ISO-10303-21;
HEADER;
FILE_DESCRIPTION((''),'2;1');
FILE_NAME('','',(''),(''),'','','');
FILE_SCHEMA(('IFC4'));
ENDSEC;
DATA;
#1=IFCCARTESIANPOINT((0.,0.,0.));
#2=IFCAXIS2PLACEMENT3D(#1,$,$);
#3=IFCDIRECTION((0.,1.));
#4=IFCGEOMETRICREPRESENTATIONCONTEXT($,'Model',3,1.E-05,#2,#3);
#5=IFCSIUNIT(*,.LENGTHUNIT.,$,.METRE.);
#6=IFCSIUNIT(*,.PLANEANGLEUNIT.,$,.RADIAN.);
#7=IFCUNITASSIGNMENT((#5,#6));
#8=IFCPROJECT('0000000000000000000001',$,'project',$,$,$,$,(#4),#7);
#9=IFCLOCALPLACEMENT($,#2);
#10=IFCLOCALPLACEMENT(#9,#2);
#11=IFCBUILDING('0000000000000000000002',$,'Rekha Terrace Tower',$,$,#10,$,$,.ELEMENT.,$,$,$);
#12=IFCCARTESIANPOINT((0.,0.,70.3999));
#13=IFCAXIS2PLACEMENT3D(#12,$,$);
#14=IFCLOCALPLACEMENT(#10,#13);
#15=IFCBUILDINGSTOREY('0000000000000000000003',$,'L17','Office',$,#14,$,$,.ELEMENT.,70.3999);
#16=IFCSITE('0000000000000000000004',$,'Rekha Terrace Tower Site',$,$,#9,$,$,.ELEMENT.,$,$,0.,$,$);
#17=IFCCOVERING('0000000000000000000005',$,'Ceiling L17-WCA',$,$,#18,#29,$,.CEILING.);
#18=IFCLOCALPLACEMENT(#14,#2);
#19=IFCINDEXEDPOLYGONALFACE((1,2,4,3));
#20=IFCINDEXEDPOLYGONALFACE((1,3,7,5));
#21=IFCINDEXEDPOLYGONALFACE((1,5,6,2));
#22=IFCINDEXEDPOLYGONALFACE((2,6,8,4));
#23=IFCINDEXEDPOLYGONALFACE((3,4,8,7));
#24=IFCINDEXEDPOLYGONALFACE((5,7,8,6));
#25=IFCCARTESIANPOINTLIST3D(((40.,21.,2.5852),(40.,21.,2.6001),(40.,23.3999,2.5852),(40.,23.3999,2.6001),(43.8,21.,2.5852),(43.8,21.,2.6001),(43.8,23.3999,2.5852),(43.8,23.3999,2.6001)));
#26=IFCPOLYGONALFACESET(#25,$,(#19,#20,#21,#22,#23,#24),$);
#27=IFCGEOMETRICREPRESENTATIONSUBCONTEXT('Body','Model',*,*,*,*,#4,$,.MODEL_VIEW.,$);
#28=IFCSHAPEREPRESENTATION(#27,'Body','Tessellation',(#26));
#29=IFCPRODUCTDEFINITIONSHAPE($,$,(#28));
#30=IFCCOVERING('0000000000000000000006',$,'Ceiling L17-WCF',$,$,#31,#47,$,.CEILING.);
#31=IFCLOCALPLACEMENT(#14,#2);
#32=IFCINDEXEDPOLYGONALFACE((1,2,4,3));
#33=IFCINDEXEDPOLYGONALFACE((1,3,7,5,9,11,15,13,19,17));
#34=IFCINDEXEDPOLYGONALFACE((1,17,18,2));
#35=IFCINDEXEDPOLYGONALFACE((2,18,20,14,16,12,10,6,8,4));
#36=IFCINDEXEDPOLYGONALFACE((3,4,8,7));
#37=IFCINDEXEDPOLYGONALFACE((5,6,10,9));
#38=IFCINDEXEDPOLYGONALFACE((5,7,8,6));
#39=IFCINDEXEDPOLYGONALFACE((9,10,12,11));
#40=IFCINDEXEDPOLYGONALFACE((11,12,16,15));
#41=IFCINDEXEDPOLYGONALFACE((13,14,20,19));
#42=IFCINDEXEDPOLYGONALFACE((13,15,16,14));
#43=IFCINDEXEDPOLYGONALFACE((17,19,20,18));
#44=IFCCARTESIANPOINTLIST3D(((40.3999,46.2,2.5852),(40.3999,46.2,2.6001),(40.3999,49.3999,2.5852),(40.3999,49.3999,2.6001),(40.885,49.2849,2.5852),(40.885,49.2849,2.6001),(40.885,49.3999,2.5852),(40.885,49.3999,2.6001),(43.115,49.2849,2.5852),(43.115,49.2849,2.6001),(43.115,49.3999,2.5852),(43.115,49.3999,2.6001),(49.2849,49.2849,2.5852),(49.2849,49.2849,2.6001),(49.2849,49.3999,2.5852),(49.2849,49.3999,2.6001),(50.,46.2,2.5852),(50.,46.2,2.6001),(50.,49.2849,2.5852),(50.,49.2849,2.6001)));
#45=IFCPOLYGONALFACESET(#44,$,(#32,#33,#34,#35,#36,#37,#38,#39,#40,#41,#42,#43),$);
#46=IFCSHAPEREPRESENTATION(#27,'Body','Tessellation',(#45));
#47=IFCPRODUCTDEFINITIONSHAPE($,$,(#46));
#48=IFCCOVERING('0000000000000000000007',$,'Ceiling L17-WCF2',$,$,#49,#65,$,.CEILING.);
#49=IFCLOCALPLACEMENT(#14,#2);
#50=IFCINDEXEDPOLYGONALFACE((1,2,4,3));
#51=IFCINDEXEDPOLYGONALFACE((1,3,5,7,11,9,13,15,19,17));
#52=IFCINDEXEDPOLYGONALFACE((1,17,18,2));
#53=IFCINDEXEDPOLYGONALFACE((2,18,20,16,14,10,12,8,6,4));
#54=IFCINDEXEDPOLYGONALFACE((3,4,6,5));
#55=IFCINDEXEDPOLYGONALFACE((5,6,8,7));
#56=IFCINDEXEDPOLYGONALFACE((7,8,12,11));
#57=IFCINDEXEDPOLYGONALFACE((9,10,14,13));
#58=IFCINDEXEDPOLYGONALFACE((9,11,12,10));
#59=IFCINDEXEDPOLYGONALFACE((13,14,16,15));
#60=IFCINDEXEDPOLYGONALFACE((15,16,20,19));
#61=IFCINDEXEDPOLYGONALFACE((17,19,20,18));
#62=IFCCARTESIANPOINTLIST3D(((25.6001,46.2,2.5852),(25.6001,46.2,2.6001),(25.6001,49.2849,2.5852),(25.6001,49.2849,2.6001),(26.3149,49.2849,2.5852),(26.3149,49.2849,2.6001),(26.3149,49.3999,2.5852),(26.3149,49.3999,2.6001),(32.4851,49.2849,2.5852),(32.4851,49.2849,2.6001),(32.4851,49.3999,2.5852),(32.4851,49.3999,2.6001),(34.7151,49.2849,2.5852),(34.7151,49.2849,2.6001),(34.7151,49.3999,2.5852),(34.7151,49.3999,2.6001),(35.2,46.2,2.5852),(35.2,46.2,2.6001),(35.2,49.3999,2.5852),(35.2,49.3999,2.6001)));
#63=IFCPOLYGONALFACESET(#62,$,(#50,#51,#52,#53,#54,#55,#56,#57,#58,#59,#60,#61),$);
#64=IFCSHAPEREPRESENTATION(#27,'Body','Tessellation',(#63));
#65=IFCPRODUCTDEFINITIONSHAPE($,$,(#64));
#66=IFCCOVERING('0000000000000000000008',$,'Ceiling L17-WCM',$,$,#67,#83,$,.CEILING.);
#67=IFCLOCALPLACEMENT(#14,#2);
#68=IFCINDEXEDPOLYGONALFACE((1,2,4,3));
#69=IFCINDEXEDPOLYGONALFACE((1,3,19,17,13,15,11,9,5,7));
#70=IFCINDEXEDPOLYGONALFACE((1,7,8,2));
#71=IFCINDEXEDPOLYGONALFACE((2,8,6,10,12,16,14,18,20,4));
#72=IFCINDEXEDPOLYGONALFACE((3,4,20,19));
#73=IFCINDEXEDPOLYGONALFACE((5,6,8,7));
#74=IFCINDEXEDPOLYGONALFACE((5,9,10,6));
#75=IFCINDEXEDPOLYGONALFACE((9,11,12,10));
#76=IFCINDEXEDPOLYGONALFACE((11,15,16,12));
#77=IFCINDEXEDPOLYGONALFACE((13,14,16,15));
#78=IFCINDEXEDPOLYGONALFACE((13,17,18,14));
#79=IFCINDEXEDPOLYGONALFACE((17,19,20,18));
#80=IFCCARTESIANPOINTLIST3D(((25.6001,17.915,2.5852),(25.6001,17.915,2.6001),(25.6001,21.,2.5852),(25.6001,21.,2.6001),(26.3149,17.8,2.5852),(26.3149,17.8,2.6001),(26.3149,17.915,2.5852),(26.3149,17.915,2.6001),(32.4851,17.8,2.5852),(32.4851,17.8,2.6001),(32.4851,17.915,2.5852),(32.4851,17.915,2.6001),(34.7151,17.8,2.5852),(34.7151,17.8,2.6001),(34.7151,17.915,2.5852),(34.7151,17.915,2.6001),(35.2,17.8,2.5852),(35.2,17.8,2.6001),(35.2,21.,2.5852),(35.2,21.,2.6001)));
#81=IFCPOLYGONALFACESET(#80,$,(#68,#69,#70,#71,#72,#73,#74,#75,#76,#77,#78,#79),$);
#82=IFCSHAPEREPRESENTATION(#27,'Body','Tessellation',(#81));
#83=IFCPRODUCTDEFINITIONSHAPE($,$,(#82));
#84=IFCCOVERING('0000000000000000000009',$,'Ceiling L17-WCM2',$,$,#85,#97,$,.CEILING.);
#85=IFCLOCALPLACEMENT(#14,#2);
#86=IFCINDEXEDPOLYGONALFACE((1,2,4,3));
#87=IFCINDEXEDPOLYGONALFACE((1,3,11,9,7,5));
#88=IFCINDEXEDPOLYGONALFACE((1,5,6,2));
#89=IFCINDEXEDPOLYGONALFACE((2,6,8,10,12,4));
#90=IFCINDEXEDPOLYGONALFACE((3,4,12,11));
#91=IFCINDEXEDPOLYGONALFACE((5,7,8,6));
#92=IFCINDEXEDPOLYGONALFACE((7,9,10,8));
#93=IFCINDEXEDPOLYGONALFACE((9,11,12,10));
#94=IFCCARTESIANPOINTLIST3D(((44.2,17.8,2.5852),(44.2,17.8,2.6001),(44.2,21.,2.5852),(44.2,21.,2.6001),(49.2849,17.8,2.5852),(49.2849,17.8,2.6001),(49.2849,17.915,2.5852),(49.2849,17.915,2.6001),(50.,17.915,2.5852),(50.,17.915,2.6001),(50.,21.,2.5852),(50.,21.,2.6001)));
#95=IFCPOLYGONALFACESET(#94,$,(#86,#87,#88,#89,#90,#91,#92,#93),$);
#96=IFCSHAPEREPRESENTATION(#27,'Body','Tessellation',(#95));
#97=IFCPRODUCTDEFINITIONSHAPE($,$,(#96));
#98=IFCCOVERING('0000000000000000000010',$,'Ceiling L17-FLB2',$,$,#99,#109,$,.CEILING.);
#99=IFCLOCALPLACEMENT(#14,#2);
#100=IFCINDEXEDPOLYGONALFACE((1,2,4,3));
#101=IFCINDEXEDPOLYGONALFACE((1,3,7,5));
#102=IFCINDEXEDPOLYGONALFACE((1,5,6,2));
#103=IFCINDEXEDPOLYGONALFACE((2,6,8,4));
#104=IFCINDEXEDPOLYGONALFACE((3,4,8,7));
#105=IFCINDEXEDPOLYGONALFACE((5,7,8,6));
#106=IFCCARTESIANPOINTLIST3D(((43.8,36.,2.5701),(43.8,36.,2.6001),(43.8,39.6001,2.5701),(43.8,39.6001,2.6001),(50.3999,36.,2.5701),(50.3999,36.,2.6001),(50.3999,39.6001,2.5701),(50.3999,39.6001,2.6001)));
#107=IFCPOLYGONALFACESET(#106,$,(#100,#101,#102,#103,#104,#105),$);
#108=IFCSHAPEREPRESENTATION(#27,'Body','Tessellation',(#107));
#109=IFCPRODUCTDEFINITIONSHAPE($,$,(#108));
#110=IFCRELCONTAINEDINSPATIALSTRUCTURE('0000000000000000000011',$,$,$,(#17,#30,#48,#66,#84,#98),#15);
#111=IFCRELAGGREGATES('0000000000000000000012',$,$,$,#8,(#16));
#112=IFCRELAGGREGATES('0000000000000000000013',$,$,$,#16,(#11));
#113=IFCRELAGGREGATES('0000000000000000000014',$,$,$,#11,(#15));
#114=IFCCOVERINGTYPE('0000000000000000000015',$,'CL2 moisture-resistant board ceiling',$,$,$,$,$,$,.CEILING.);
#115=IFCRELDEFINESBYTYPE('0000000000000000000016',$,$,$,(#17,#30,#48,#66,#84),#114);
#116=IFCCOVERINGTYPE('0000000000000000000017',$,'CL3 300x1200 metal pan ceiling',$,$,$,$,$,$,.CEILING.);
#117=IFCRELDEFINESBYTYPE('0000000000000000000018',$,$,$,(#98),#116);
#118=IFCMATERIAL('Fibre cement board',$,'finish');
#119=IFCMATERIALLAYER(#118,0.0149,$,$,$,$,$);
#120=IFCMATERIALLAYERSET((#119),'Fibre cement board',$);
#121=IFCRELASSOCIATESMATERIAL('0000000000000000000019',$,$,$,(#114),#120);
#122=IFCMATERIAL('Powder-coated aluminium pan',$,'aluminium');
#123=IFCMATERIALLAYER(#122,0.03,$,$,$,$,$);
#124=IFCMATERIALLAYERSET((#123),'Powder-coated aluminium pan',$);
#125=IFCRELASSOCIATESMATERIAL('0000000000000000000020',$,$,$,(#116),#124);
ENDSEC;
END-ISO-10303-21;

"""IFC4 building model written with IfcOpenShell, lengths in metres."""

from ifc_helpers import new_model, si_unit, direction, frame, origin, place, context, subcontext, project, spatial, polyline, outline, extrude, material, layer, layer_set, type_object, element, save


model = new_model("IFC4")

# Units and contexts
model_context = context("Model", 3, precision=1e-05, world=origin(), true_north=direction((0.0, 1.0)))
body_context = subcontext(model_context, "Body", "Model", "MODEL_VIEW")
ifc_project = project(units=[si_unit("LENGTHUNIT", "METRE"), si_unit("PLANEANGLEUNIT", "RADIAN")], contexts=[model_context])

# Site, building, storey
site_placement = place(None, origin())
site = spatial("IfcSite", under=ifc_project, at=site_placement, Name="Rekha Terrace Tower Site", CompositionType="ELEMENT", RefElevation=0.0)
building_placement = place(site_placement, origin())
building = spatial("IfcBuilding", under=site, at=building_placement, Name="Rekha Terrace Tower", CompositionType="ELEMENT")
storey_placement = place(building_placement, frame((0.0, 0.0, 70.3999)))
storey = spatial("IfcBuildingStorey", under=building, at=storey_placement, Name="L17", Description="Office", CompositionType="ELEMENT", Elevation=70.3999)

# Coverings
ifc_material_1 = material(Name="Fibre cement board", Category="finish")
ifc_layer_1 = layer(ifc_material_1, 0.0149)
ifc_layer_set_1 = layer_set([ifc_layer_1], Name="Fibre cement board")
covering_type_1 = type_object("IfcCoveringType", Name="CL2 moisture-resistant board ceiling", PredefinedType="CEILING", material=ifc_layer_set_1)
covering_1_placement = place(storey_placement, frame((0.0, 0.0, 2.5852)))
element("IfcCovering", 1, at=covering_1_placement, inside=storey, type_object=covering_type_1, Name="Ceiling L17-WCA", PredefinedType="CEILING", context=body_context, shape_type="SweptSolid", body=[
    extrude(outline(polyline([(43.8, 23.3999), (40.0, 23.3999), (40.0, 21.0), (43.8, 21.0), (43.8, 23.3999)])), origin(), (0.0, 0.0, 1.0), 0.0149),
])
covering_2_placement = place(storey_placement, frame((0.0, 0.0, 2.5852)))
element("IfcCovering", 2, at=covering_2_placement, inside=storey, type_object=covering_type_1, Name="Ceiling L17-WCF", PredefinedType="CEILING", context=body_context, shape_type="SweptSolid", body=[
    extrude(outline(polyline([(40.885, 49.3999), (40.3999, 49.3999), (40.3999, 46.2), (50.0, 46.2), (50.0, 49.2849), (49.2849, 49.2849), (49.2849, 49.3999), (43.115, 49.3999), (43.115, 49.2849), (40.885, 49.2849), (40.885, 49.3999)])), origin(), (0.0, 0.0, 1.0), 0.0149),
])
covering_3_placement = place(storey_placement, frame((0.0, 0.0, 2.5852)))
element("IfcCovering", 3, at=covering_3_placement, inside=storey, type_object=covering_type_1, Name="Ceiling L17-WCF2", PredefinedType="CEILING", context=body_context, shape_type="SweptSolid", body=[
    extrude(outline(polyline([(26.3149, 49.2849), (25.6001, 49.2849), (25.6001, 46.2), (35.2, 46.2), (35.2, 49.3999), (34.7151, 49.3999), (34.7151, 49.2849), (32.4851, 49.2849), (32.4851, 49.3999), (26.3149, 49.3999), (26.3149, 49.2849)])), origin(), (0.0, 0.0, 1.0), 0.0149),
])
covering_4_placement = place(storey_placement, frame((0.0, 0.0, 2.5852)))
element("IfcCovering", 4, at=covering_4_placement, inside=storey, type_object=covering_type_1, Name="Ceiling L17-WCM", PredefinedType="CEILING", context=body_context, shape_type="SweptSolid", body=[
    extrude(outline(polyline([(35.2, 21.0), (25.6001, 21.0), (25.6001, 17.915), (26.3149, 17.915), (26.3149, 17.8), (32.4851, 17.8), (32.4851, 17.915), (34.7151, 17.915), (34.7151, 17.8), (35.2, 17.8), (35.2, 21.0)])), origin(), (0.0, 0.0, 1.0), 0.0149),
])
covering_5_placement = place(storey_placement, frame((0.0, 0.0, 2.5852)))
element("IfcCovering", 5, at=covering_5_placement, inside=storey, type_object=covering_type_1, Name="Ceiling L17-WCM2", PredefinedType="CEILING", context=body_context, shape_type="SweptSolid", body=[
    extrude(outline(polyline([(50.0, 21.0), (44.2, 21.0), (44.2, 17.8), (49.2849, 17.8), (49.2849, 17.915), (50.0, 17.915), (50.0, 21.0)])), origin(), (0.0, 0.0, 1.0), 0.0149),
])
ifc_material_2 = material(Name="Powder-coated aluminium pan", Category="aluminium")
ifc_layer_2 = layer(ifc_material_2, 0.03)
ifc_layer_set_2 = layer_set([ifc_layer_2], Name="Powder-coated aluminium pan")
covering_type_2 = type_object("IfcCoveringType", Name="CL3 300x1200 metal pan ceiling", PredefinedType="CEILING", material=ifc_layer_set_2)
covering_6_placement = place(storey_placement, frame((0.0, 0.0, 2.5701)))
element("IfcCovering", 6, at=covering_6_placement, inside=storey, type_object=covering_type_2, Name="Ceiling L17-FLB2", PredefinedType="CEILING", context=body_context, shape_type="SweptSolid", body=[
    extrude(outline(polyline([(50.3999, 39.6001), (43.8, 39.6001), (43.8, 36.0), (50.3999, 36.0), (50.3999, 39.6001)])), origin(), (0.0, 0.0, 1.0), 0.03),
])

save(model, "model.ifc")
